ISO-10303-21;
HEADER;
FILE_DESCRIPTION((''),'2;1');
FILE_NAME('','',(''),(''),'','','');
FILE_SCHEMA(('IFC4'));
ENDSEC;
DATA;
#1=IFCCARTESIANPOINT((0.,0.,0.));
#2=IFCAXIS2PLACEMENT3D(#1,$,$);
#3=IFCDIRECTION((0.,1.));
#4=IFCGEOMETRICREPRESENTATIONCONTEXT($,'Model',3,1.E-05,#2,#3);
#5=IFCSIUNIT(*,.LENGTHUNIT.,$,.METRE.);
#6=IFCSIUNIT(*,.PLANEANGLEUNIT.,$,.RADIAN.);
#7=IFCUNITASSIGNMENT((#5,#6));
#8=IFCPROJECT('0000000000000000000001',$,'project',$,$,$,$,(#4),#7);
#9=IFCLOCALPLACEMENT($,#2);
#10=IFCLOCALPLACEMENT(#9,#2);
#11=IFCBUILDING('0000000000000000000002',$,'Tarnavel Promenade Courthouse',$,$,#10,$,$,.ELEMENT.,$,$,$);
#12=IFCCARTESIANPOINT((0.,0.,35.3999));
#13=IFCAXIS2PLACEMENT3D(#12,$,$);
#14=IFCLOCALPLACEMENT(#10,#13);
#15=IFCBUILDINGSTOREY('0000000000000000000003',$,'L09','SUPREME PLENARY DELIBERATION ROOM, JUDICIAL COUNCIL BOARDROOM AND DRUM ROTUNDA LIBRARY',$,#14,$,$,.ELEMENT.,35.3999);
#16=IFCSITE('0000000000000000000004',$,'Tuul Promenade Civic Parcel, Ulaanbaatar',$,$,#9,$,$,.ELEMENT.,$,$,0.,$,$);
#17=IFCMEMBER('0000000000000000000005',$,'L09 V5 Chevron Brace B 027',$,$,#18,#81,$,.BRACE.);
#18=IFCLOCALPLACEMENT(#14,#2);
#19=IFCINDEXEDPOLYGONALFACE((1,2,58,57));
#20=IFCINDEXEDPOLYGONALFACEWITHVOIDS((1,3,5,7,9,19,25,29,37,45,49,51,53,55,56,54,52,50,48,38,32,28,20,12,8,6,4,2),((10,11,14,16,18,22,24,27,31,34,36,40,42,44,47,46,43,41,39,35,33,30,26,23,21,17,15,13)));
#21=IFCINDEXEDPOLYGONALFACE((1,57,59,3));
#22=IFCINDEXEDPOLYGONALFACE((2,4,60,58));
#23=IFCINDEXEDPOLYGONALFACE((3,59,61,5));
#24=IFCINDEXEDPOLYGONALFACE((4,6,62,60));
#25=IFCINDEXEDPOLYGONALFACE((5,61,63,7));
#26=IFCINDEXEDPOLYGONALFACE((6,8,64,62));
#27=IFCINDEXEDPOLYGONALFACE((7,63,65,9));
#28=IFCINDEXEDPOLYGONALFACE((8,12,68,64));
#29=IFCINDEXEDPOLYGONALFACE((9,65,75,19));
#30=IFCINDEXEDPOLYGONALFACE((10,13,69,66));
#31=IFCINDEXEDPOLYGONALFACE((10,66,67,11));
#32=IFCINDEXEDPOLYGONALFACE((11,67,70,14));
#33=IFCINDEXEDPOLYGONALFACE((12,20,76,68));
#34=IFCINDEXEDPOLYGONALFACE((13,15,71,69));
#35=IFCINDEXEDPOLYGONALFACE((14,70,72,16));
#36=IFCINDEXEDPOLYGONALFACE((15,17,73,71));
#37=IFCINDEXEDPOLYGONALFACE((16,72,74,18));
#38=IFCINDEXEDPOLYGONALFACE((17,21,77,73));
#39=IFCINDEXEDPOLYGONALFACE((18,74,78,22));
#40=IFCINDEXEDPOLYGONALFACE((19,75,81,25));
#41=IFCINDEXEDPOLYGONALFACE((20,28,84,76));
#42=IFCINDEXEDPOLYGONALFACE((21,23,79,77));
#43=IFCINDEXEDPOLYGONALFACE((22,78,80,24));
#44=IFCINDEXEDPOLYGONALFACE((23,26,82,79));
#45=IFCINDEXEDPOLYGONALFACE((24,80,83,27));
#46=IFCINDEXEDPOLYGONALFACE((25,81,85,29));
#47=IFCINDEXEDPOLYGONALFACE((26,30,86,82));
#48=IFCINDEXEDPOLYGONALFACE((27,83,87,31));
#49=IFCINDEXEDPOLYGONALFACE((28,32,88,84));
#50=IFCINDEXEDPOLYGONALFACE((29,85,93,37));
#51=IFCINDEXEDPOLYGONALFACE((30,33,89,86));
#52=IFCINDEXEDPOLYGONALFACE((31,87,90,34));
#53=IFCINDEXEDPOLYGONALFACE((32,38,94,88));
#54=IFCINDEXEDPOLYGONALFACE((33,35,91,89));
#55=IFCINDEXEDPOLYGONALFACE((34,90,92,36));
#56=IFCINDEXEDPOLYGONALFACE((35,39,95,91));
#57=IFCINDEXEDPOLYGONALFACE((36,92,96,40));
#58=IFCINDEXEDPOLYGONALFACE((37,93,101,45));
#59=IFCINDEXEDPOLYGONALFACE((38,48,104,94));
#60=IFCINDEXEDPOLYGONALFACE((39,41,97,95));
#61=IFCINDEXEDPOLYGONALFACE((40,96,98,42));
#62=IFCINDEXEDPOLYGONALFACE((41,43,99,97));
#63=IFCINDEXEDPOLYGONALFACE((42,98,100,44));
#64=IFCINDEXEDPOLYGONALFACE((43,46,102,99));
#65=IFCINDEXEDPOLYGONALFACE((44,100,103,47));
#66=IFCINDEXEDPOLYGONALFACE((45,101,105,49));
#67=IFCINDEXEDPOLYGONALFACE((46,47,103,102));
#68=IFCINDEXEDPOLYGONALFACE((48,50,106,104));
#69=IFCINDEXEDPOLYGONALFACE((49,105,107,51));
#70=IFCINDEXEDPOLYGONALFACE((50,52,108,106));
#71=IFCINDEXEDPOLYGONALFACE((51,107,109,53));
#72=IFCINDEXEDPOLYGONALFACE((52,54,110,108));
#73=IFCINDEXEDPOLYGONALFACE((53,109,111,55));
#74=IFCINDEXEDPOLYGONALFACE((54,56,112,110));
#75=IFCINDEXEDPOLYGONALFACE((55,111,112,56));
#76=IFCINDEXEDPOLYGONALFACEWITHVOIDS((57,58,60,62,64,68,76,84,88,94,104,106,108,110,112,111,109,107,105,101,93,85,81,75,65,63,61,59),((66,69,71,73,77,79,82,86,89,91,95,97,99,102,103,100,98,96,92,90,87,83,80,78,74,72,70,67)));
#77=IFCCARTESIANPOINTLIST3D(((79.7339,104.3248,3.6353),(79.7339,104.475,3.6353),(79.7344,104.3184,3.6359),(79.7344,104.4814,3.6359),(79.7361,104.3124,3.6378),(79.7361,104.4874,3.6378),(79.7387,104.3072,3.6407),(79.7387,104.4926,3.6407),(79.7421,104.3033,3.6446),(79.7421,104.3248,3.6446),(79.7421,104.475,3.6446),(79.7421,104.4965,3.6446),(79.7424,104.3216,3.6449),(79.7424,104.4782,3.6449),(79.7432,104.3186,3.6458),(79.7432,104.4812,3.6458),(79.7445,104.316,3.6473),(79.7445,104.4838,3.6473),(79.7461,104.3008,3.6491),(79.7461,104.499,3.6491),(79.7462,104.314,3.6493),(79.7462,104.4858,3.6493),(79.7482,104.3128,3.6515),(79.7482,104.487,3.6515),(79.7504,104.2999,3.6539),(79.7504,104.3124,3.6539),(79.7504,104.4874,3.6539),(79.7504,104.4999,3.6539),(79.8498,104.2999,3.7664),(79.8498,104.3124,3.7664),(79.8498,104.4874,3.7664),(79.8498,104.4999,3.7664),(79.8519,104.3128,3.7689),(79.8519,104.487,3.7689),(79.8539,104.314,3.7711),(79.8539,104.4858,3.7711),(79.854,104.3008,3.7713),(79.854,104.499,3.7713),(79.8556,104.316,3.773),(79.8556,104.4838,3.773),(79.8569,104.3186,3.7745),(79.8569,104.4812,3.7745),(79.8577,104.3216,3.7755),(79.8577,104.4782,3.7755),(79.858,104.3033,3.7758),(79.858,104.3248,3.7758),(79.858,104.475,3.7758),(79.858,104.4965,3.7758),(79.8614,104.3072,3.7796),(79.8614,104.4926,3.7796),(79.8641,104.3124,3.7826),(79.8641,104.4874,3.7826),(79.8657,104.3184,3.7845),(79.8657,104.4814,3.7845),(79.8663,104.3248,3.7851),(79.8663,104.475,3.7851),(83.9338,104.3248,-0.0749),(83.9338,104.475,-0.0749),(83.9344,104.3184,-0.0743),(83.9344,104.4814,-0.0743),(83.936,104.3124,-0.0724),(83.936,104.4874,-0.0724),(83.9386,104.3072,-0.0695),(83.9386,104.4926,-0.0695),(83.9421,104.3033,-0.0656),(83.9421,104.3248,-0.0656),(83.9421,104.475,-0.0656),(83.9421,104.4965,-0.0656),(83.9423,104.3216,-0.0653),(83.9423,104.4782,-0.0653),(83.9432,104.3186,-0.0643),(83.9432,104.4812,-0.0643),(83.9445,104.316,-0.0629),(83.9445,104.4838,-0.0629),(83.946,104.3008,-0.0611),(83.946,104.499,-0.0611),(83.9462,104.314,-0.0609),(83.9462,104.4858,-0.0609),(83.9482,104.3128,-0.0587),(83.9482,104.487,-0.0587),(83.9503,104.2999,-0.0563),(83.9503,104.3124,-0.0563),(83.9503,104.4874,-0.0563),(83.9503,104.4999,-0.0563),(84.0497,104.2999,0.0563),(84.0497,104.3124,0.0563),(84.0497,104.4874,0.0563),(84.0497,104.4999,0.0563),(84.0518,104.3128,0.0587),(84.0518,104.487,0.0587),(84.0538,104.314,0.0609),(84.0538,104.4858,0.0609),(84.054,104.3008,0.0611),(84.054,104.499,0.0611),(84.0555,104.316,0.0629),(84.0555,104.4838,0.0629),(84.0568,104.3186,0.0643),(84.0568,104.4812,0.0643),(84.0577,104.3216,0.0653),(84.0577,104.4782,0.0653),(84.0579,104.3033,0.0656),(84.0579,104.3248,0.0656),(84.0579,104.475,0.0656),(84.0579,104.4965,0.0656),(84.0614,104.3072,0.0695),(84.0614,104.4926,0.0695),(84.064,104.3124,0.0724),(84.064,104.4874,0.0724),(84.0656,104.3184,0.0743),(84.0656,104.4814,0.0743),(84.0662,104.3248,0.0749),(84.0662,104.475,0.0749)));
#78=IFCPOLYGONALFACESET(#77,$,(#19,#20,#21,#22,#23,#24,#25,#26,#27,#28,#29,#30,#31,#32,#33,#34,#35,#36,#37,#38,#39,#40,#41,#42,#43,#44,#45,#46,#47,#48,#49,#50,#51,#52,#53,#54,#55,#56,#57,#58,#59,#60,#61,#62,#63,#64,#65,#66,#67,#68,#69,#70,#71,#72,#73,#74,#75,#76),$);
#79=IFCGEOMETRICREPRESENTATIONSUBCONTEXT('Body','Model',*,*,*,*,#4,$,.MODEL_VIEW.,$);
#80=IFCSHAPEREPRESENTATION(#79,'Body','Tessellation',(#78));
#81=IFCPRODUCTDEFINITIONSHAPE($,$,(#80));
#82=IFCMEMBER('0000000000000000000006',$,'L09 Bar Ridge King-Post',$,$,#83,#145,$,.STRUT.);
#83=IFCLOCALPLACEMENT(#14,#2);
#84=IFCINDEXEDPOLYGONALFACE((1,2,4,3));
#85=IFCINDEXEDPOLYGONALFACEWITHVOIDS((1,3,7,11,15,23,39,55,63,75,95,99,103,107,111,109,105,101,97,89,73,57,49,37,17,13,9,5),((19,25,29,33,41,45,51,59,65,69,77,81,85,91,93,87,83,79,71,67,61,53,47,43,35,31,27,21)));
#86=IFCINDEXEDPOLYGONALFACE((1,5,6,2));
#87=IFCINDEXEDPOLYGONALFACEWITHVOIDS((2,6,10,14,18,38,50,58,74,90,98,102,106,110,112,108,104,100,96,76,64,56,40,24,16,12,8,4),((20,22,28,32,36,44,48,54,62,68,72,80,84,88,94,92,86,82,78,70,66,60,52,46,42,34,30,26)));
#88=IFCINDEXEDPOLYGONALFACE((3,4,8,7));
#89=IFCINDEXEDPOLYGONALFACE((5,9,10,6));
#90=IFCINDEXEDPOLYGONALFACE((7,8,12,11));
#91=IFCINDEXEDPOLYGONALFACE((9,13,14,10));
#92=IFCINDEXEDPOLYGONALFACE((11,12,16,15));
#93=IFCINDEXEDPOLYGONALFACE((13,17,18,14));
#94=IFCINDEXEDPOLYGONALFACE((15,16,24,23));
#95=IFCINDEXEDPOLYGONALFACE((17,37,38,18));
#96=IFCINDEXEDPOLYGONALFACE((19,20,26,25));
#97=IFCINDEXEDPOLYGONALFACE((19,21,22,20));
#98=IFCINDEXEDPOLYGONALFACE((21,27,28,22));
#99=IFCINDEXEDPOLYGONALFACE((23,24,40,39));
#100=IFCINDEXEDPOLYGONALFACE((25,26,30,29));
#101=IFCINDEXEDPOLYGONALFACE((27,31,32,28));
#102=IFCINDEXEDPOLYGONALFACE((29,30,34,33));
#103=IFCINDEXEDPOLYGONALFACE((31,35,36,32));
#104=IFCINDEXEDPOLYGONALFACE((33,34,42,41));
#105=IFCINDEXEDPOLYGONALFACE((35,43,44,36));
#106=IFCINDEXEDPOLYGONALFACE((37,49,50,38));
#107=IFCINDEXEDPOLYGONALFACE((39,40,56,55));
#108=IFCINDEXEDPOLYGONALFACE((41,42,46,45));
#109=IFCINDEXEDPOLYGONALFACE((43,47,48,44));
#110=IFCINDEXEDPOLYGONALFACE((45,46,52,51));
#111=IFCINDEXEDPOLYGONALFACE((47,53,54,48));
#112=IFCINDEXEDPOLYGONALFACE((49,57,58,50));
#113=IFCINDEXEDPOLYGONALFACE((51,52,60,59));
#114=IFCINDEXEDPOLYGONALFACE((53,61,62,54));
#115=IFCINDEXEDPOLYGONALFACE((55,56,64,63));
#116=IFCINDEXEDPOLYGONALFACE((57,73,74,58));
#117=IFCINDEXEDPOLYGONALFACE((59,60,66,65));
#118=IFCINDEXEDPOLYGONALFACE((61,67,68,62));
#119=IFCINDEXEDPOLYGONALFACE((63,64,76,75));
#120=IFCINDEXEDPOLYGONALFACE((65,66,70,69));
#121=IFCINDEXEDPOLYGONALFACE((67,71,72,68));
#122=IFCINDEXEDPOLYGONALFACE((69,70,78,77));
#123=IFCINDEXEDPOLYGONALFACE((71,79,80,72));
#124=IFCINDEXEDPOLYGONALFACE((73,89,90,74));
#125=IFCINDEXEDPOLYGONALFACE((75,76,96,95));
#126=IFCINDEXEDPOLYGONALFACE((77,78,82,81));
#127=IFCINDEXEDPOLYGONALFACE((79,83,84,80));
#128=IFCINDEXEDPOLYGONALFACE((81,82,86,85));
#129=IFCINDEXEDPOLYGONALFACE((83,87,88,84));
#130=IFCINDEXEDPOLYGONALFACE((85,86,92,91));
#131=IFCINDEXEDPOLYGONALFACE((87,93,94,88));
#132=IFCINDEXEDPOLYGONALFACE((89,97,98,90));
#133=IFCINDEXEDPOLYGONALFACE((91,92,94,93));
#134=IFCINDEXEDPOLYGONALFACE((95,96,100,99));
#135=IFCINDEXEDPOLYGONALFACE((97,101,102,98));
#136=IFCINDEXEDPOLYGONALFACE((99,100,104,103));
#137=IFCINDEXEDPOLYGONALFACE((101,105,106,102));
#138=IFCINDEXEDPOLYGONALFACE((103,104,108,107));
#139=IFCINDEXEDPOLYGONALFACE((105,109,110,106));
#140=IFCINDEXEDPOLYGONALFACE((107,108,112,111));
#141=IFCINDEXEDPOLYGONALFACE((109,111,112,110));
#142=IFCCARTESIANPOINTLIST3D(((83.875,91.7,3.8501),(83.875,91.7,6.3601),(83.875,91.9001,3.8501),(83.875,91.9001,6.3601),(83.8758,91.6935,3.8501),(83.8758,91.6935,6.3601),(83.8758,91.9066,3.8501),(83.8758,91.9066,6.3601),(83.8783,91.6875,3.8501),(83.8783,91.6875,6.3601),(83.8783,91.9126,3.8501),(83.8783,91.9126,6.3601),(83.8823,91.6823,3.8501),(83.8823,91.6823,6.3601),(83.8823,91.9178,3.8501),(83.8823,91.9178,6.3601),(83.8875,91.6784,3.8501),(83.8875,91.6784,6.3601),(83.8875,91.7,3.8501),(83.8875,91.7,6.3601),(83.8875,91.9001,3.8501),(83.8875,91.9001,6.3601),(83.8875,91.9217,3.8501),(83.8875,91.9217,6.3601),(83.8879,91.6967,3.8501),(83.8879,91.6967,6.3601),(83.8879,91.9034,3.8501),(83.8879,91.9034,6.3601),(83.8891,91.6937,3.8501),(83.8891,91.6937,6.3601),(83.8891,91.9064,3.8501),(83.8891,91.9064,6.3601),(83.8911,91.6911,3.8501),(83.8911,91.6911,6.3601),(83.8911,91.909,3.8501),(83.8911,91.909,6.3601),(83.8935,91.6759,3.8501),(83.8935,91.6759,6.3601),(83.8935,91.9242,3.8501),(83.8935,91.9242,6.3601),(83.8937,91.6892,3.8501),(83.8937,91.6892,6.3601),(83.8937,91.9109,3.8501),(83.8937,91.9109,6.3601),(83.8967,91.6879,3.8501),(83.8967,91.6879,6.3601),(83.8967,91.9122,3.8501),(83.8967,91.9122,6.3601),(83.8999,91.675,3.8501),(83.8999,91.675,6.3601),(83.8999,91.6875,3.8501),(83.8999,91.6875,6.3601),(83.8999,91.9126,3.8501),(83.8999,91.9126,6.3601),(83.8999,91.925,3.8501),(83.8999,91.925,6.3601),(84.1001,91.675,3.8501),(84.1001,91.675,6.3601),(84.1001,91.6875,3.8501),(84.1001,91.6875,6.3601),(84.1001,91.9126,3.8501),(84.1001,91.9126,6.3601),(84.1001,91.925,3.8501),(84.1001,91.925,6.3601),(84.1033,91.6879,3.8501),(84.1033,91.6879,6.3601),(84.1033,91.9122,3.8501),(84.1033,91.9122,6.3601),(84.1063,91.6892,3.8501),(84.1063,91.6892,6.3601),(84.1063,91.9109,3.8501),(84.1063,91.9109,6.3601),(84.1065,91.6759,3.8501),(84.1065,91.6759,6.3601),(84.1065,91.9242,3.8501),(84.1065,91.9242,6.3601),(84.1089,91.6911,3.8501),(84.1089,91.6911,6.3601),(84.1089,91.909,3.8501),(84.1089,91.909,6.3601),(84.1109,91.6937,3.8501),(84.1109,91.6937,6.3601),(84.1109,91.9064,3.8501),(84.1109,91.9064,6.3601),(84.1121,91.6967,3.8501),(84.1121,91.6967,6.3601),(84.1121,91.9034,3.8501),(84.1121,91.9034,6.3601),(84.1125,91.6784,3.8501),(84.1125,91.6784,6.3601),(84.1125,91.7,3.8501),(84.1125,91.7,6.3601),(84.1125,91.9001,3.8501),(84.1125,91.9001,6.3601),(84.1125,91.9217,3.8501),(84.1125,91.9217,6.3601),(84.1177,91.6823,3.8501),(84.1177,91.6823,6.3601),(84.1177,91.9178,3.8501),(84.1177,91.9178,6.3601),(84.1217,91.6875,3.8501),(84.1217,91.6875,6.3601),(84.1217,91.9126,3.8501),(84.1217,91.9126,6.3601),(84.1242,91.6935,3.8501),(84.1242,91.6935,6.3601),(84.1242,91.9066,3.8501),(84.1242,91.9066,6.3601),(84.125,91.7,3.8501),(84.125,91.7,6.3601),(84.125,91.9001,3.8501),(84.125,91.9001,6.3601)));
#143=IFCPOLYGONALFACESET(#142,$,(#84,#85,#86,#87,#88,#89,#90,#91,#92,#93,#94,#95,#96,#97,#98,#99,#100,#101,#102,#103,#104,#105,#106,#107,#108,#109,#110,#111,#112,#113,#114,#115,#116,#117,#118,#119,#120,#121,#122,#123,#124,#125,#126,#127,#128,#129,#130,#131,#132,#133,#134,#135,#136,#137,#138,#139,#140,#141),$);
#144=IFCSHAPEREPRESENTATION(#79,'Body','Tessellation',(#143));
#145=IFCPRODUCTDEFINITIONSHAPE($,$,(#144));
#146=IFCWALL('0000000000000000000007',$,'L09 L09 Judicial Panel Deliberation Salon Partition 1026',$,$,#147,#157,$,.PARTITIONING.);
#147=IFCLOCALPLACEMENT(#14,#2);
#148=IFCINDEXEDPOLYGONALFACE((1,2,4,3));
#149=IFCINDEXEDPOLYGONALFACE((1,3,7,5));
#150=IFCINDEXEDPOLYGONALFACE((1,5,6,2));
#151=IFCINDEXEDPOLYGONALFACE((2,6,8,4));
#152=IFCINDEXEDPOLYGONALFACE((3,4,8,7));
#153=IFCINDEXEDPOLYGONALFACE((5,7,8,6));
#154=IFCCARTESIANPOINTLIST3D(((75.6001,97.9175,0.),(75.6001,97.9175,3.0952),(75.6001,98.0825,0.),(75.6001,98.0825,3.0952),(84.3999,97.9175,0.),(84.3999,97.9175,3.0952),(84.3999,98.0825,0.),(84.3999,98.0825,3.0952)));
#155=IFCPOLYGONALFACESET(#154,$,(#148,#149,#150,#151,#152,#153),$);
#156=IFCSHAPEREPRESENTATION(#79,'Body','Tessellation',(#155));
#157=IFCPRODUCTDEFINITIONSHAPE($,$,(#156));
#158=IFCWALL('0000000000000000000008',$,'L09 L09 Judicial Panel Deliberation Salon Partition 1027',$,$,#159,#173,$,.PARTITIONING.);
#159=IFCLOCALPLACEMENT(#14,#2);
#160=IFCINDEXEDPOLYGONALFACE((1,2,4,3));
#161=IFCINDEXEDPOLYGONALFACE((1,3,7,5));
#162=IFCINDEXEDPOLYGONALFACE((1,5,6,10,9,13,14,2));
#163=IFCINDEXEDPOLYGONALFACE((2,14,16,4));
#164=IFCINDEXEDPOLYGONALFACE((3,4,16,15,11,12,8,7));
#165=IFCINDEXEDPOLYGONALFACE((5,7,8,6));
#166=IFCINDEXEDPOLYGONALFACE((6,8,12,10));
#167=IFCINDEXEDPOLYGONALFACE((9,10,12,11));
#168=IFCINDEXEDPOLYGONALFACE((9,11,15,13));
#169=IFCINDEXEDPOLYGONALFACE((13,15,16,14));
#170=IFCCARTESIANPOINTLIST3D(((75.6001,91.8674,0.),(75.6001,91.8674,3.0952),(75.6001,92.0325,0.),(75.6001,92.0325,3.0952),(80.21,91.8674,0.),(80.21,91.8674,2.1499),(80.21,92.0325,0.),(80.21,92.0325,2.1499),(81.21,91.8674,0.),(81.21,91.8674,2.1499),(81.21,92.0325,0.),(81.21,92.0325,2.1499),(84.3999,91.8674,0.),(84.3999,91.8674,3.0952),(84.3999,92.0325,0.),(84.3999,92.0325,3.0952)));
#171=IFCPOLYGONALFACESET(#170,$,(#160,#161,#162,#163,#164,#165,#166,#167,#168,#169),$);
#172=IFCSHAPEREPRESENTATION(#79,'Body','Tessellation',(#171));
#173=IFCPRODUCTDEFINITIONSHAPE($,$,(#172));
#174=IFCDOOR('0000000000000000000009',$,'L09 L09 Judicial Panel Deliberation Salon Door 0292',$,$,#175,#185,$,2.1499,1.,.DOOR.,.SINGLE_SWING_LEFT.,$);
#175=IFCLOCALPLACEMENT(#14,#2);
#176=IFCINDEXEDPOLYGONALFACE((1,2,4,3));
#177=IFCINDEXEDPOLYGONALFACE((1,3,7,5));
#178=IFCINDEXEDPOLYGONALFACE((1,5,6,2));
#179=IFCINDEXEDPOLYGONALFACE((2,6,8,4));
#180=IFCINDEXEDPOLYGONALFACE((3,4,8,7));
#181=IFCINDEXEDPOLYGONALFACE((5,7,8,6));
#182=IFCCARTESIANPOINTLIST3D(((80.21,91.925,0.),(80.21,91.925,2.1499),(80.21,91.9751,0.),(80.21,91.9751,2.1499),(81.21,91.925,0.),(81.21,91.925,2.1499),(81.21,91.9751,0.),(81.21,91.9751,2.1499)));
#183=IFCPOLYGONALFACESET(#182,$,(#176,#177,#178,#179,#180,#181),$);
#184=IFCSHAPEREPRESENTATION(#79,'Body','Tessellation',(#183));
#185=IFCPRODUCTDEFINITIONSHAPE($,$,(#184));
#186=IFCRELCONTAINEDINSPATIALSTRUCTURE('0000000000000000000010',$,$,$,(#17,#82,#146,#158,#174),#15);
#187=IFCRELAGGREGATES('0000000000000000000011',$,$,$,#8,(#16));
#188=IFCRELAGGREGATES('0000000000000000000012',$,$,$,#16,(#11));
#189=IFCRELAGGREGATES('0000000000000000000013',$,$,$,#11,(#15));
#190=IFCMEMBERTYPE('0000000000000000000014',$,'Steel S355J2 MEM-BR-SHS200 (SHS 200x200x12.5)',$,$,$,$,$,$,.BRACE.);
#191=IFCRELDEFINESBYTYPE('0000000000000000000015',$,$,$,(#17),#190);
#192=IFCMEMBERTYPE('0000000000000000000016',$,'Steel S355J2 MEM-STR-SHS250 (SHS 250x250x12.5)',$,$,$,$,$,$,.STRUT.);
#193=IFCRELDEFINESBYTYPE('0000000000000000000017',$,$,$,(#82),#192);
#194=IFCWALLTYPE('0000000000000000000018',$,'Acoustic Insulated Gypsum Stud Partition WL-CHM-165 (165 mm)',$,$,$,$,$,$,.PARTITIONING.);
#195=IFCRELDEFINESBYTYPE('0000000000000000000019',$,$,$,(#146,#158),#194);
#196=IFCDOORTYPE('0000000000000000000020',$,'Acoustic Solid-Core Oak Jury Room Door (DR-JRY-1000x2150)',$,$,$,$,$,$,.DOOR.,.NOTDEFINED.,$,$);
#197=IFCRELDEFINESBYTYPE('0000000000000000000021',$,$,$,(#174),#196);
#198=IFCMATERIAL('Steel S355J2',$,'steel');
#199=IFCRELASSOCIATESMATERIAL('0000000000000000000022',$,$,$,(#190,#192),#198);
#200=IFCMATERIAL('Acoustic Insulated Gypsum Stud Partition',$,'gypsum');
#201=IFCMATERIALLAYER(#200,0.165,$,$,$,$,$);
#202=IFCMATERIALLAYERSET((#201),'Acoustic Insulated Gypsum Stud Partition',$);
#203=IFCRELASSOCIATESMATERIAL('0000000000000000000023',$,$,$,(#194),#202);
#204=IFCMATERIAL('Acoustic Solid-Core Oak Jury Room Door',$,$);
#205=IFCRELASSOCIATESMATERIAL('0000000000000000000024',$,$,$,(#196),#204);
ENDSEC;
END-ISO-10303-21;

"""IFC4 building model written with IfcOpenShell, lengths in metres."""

from ifc_helpers import new_model, si_unit, direction, frame, frame_2d, origin, origin_2d, place, context, subcontext, project, spatial, rectangle, hollow_rectangle, extrude, material, layer, layer_set, material_profile, profile_set, type_object, element, fill, save


model = new_model("IFC4")

# Units and contexts
model_context = context("Model", 3, precision=1e-05, world=origin(), true_north=direction((0.0, 1.0)))
body_context = subcontext(model_context, "Body", "Model", "MODEL_VIEW")
ifc_project = project(units=[si_unit("LENGTHUNIT", "METRE"), si_unit("PLANEANGLEUNIT", "RADIAN")], contexts=[model_context])

# Site, building, storey
site_placement = place(None, origin())
site = spatial("IfcSite", under=ifc_project, at=site_placement, Name="Tuul Promenade Civic Parcel, Ulaanbaatar", CompositionType="ELEMENT", RefElevation=0.0)
building_placement = place(site_placement, origin())
building = spatial("IfcBuilding", under=site, at=building_placement, Name="Tarnavel Promenade Courthouse", CompositionType="ELEMENT")
storey_placement = place(building_placement, frame((0.0, 0.0, 35.3999)))
storey = spatial("IfcBuildingStorey", under=building, at=storey_placement, Name="L09", Description="SUPREME PLENARY DELIBERATION ROOM, JUDICIAL COUNCIL BOARDROOM AND DRUM ROTUNDA LIBRARY", CompositionType="ELEMENT", Elevation=35.3999)

# Shared definitions
ifc_material_1 = material(Name="Steel S355J2", Category="steel")

# Members
ifc_material_profile_1 = material_profile(ifc_material_1, hollow_rectangle(XDim=0.2, YDim=0.2, WallThickness=0.0125, InnerFilletRadius=0.0125, OuterFilletRadius=0.0249, at=origin_2d()), Name="SHS 200x200x12.5")
ifc_profile_set_1 = profile_set([ifc_material_profile_1], Name="Steel S355J2")
member_type_1 = type_object("IfcMemberType", Name="Steel S355J2 MEM-BR-SHS200 (SHS 200x200x12.5)", PredefinedType="BRACE", material=ifc_profile_set_1)
member_1_placement = place(storey_placement, frame((84.0, 104.3999, 0.0), z_axis=(-0.749451, 0.0, 0.66206), x_axis=(0.0, -1.0, 0.0)))
element("IfcMember", 1, at=member_1_placement, inside=storey, type_object=member_type_1, Name="L09 V5 Chevron Brace B 027", PredefinedType="BRACE", context=body_context, shape_type="SweptSolid", body=[
    extrude(hollow_rectangle(XDim=0.2, YDim=0.2, WallThickness=0.0125, InnerFilletRadius=0.0125, OuterFilletRadius=0.0249, at=origin_2d()), origin(), (0.0, 0.0, 1.0), 5.604),
])
ifc_material_profile_2 = material_profile(ifc_material_1, hollow_rectangle(XDim=0.25, YDim=0.25, WallThickness=0.0125, InnerFilletRadius=0.0125, OuterFilletRadius=0.0249, at=origin_2d()), Name="SHS 250x250x12.5")
ifc_profile_set_2 = profile_set([ifc_material_profile_2], Name="Steel S355J2")
member_type_2 = type_object("IfcMemberType", Name="Steel S355J2 MEM-STR-SHS250 (SHS 250x250x12.5)", PredefinedType="STRUT", material=ifc_profile_set_2)
member_2_placement = place(storey_placement, frame((84.0, 91.8, 3.8501), z_axis=(0.0, 0.0, 1.0), x_axis=(1.0, 0.0, 0.0)))
element("IfcMember", 2, at=member_2_placement, inside=storey, type_object=member_type_2, Name="L09 Bar Ridge King-Post", PredefinedType="STRUT", context=body_context, shape_type="SweptSolid", body=[
    extrude(hollow_rectangle(XDim=0.25, YDim=0.25, WallThickness=0.0125, InnerFilletRadius=0.0125, OuterFilletRadius=0.0249, at=origin_2d()), origin(), (0.0, 0.0, 1.0), 2.51),
])

# Wall
ifc_material_2 = material(Name="Acoustic Insulated Gypsum Stud Partition", Category="gypsum")
ifc_layer_1 = layer(ifc_material_2, 0.165)
ifc_layer_set_1 = layer_set([ifc_layer_1], Name="Acoustic Insulated Gypsum Stud Partition")
wall_type_1 = type_object("IfcWallType", Name="Acoustic Insulated Gypsum Stud Partition WL-CHM-165 (165 mm)", PredefinedType="PARTITIONING", material=ifc_layer_set_1)
wall_1_placement = place(storey_placement, frame((75.6001, 98.0, 0.0), z_axis=(0.0, 0.0, 1.0), x_axis=(1.0, 0.0, 0.0)))
element("IfcWall", 3, at=wall_1_placement, inside=storey, type_object=wall_type_1, Name="L09 L09 Judicial Panel Deliberation Salon Partition 1026", PredefinedType="PARTITIONING", context=body_context, shape_type="SweptSolid", body=[
    extrude(rectangle(XDim=8.7998, YDim=0.165, at=frame_2d((4.3999, 0.0))), origin(), (0.0, 0.0, 1.0), 3.0952),
])

# Wall, opening, door
wall_2_placement = place(storey_placement, frame((84.3999, 91.95, 0.0), z_axis=(0.0, 0.0, 1.0), x_axis=(-1.0, 0.0, 0.0)))
wall_2 = element("IfcWall", 4, at=wall_2_placement, inside=storey, type_object=wall_type_1, Name="L09 L09 Judicial Panel Deliberation Salon Partition 1027", PredefinedType="PARTITIONING", context=body_context, shape_type="SweptSolid", body=[
    extrude(rectangle(XDim=8.7998, YDim=0.165, at=frame_2d((4.3999, 0.0))), origin(), (0.0, 0.0, 1.0), 3.0952),
])
opening_1_placement = place(wall_2_placement, frame((3.1899, 0.0, 0.0)))
opening_1 = element("IfcOpeningElement", 5, at=opening_1_placement, cuts=wall_2, PredefinedType="OPENING", context=body_context, shape_type="SweptSolid", body=[
    extrude(rectangle(XDim=1.0, YDim=2.1499, at=frame_2d((0.5, 1.075))), frame((0.0, 0.0925, 0.0), z_axis=(0.0, -1.0, 0.0), x_axis=(1.0, 0.0, 0.0)), (0.0, 0.0, 1.0), 0.1851),
])
ifc_material_3 = material(Name="Acoustic Solid-Core Oak Jury Room Door")
door_type_1 = type_object("IfcDoorType", Name="Acoustic Solid-Core Oak Jury Room Door (DR-JRY-1000x2150)", OperationType="NOTDEFINED", PredefinedType="DOOR", material=ifc_material_3)
door_1_placement = place(opening_1_placement, origin())
door_1 = element("IfcDoor", 6, at=door_1_placement, inside=storey, type_object=door_type_1, Name="L09 L09 Judicial Panel Deliberation Salon Door 0292", OperationType="SINGLE_SWING_LEFT", OverallHeight=2.1499, OverallWidth=1.0, PredefinedType="DOOR", context=body_context, shape_type="SweptSolid", body=[
    extrude(rectangle(XDim=1.0, YDim=2.1499, at=frame_2d((0.5, 1.075))), frame((0.0, 0.0249, 0.0), z_axis=(0.0, -1.0, 0.0), x_axis=(1.0, 0.0, 0.0)), (0.0, 0.0, 1.0), 0.05),
])
fill(opening_1, door_1)

save(model, "model.ifc")
